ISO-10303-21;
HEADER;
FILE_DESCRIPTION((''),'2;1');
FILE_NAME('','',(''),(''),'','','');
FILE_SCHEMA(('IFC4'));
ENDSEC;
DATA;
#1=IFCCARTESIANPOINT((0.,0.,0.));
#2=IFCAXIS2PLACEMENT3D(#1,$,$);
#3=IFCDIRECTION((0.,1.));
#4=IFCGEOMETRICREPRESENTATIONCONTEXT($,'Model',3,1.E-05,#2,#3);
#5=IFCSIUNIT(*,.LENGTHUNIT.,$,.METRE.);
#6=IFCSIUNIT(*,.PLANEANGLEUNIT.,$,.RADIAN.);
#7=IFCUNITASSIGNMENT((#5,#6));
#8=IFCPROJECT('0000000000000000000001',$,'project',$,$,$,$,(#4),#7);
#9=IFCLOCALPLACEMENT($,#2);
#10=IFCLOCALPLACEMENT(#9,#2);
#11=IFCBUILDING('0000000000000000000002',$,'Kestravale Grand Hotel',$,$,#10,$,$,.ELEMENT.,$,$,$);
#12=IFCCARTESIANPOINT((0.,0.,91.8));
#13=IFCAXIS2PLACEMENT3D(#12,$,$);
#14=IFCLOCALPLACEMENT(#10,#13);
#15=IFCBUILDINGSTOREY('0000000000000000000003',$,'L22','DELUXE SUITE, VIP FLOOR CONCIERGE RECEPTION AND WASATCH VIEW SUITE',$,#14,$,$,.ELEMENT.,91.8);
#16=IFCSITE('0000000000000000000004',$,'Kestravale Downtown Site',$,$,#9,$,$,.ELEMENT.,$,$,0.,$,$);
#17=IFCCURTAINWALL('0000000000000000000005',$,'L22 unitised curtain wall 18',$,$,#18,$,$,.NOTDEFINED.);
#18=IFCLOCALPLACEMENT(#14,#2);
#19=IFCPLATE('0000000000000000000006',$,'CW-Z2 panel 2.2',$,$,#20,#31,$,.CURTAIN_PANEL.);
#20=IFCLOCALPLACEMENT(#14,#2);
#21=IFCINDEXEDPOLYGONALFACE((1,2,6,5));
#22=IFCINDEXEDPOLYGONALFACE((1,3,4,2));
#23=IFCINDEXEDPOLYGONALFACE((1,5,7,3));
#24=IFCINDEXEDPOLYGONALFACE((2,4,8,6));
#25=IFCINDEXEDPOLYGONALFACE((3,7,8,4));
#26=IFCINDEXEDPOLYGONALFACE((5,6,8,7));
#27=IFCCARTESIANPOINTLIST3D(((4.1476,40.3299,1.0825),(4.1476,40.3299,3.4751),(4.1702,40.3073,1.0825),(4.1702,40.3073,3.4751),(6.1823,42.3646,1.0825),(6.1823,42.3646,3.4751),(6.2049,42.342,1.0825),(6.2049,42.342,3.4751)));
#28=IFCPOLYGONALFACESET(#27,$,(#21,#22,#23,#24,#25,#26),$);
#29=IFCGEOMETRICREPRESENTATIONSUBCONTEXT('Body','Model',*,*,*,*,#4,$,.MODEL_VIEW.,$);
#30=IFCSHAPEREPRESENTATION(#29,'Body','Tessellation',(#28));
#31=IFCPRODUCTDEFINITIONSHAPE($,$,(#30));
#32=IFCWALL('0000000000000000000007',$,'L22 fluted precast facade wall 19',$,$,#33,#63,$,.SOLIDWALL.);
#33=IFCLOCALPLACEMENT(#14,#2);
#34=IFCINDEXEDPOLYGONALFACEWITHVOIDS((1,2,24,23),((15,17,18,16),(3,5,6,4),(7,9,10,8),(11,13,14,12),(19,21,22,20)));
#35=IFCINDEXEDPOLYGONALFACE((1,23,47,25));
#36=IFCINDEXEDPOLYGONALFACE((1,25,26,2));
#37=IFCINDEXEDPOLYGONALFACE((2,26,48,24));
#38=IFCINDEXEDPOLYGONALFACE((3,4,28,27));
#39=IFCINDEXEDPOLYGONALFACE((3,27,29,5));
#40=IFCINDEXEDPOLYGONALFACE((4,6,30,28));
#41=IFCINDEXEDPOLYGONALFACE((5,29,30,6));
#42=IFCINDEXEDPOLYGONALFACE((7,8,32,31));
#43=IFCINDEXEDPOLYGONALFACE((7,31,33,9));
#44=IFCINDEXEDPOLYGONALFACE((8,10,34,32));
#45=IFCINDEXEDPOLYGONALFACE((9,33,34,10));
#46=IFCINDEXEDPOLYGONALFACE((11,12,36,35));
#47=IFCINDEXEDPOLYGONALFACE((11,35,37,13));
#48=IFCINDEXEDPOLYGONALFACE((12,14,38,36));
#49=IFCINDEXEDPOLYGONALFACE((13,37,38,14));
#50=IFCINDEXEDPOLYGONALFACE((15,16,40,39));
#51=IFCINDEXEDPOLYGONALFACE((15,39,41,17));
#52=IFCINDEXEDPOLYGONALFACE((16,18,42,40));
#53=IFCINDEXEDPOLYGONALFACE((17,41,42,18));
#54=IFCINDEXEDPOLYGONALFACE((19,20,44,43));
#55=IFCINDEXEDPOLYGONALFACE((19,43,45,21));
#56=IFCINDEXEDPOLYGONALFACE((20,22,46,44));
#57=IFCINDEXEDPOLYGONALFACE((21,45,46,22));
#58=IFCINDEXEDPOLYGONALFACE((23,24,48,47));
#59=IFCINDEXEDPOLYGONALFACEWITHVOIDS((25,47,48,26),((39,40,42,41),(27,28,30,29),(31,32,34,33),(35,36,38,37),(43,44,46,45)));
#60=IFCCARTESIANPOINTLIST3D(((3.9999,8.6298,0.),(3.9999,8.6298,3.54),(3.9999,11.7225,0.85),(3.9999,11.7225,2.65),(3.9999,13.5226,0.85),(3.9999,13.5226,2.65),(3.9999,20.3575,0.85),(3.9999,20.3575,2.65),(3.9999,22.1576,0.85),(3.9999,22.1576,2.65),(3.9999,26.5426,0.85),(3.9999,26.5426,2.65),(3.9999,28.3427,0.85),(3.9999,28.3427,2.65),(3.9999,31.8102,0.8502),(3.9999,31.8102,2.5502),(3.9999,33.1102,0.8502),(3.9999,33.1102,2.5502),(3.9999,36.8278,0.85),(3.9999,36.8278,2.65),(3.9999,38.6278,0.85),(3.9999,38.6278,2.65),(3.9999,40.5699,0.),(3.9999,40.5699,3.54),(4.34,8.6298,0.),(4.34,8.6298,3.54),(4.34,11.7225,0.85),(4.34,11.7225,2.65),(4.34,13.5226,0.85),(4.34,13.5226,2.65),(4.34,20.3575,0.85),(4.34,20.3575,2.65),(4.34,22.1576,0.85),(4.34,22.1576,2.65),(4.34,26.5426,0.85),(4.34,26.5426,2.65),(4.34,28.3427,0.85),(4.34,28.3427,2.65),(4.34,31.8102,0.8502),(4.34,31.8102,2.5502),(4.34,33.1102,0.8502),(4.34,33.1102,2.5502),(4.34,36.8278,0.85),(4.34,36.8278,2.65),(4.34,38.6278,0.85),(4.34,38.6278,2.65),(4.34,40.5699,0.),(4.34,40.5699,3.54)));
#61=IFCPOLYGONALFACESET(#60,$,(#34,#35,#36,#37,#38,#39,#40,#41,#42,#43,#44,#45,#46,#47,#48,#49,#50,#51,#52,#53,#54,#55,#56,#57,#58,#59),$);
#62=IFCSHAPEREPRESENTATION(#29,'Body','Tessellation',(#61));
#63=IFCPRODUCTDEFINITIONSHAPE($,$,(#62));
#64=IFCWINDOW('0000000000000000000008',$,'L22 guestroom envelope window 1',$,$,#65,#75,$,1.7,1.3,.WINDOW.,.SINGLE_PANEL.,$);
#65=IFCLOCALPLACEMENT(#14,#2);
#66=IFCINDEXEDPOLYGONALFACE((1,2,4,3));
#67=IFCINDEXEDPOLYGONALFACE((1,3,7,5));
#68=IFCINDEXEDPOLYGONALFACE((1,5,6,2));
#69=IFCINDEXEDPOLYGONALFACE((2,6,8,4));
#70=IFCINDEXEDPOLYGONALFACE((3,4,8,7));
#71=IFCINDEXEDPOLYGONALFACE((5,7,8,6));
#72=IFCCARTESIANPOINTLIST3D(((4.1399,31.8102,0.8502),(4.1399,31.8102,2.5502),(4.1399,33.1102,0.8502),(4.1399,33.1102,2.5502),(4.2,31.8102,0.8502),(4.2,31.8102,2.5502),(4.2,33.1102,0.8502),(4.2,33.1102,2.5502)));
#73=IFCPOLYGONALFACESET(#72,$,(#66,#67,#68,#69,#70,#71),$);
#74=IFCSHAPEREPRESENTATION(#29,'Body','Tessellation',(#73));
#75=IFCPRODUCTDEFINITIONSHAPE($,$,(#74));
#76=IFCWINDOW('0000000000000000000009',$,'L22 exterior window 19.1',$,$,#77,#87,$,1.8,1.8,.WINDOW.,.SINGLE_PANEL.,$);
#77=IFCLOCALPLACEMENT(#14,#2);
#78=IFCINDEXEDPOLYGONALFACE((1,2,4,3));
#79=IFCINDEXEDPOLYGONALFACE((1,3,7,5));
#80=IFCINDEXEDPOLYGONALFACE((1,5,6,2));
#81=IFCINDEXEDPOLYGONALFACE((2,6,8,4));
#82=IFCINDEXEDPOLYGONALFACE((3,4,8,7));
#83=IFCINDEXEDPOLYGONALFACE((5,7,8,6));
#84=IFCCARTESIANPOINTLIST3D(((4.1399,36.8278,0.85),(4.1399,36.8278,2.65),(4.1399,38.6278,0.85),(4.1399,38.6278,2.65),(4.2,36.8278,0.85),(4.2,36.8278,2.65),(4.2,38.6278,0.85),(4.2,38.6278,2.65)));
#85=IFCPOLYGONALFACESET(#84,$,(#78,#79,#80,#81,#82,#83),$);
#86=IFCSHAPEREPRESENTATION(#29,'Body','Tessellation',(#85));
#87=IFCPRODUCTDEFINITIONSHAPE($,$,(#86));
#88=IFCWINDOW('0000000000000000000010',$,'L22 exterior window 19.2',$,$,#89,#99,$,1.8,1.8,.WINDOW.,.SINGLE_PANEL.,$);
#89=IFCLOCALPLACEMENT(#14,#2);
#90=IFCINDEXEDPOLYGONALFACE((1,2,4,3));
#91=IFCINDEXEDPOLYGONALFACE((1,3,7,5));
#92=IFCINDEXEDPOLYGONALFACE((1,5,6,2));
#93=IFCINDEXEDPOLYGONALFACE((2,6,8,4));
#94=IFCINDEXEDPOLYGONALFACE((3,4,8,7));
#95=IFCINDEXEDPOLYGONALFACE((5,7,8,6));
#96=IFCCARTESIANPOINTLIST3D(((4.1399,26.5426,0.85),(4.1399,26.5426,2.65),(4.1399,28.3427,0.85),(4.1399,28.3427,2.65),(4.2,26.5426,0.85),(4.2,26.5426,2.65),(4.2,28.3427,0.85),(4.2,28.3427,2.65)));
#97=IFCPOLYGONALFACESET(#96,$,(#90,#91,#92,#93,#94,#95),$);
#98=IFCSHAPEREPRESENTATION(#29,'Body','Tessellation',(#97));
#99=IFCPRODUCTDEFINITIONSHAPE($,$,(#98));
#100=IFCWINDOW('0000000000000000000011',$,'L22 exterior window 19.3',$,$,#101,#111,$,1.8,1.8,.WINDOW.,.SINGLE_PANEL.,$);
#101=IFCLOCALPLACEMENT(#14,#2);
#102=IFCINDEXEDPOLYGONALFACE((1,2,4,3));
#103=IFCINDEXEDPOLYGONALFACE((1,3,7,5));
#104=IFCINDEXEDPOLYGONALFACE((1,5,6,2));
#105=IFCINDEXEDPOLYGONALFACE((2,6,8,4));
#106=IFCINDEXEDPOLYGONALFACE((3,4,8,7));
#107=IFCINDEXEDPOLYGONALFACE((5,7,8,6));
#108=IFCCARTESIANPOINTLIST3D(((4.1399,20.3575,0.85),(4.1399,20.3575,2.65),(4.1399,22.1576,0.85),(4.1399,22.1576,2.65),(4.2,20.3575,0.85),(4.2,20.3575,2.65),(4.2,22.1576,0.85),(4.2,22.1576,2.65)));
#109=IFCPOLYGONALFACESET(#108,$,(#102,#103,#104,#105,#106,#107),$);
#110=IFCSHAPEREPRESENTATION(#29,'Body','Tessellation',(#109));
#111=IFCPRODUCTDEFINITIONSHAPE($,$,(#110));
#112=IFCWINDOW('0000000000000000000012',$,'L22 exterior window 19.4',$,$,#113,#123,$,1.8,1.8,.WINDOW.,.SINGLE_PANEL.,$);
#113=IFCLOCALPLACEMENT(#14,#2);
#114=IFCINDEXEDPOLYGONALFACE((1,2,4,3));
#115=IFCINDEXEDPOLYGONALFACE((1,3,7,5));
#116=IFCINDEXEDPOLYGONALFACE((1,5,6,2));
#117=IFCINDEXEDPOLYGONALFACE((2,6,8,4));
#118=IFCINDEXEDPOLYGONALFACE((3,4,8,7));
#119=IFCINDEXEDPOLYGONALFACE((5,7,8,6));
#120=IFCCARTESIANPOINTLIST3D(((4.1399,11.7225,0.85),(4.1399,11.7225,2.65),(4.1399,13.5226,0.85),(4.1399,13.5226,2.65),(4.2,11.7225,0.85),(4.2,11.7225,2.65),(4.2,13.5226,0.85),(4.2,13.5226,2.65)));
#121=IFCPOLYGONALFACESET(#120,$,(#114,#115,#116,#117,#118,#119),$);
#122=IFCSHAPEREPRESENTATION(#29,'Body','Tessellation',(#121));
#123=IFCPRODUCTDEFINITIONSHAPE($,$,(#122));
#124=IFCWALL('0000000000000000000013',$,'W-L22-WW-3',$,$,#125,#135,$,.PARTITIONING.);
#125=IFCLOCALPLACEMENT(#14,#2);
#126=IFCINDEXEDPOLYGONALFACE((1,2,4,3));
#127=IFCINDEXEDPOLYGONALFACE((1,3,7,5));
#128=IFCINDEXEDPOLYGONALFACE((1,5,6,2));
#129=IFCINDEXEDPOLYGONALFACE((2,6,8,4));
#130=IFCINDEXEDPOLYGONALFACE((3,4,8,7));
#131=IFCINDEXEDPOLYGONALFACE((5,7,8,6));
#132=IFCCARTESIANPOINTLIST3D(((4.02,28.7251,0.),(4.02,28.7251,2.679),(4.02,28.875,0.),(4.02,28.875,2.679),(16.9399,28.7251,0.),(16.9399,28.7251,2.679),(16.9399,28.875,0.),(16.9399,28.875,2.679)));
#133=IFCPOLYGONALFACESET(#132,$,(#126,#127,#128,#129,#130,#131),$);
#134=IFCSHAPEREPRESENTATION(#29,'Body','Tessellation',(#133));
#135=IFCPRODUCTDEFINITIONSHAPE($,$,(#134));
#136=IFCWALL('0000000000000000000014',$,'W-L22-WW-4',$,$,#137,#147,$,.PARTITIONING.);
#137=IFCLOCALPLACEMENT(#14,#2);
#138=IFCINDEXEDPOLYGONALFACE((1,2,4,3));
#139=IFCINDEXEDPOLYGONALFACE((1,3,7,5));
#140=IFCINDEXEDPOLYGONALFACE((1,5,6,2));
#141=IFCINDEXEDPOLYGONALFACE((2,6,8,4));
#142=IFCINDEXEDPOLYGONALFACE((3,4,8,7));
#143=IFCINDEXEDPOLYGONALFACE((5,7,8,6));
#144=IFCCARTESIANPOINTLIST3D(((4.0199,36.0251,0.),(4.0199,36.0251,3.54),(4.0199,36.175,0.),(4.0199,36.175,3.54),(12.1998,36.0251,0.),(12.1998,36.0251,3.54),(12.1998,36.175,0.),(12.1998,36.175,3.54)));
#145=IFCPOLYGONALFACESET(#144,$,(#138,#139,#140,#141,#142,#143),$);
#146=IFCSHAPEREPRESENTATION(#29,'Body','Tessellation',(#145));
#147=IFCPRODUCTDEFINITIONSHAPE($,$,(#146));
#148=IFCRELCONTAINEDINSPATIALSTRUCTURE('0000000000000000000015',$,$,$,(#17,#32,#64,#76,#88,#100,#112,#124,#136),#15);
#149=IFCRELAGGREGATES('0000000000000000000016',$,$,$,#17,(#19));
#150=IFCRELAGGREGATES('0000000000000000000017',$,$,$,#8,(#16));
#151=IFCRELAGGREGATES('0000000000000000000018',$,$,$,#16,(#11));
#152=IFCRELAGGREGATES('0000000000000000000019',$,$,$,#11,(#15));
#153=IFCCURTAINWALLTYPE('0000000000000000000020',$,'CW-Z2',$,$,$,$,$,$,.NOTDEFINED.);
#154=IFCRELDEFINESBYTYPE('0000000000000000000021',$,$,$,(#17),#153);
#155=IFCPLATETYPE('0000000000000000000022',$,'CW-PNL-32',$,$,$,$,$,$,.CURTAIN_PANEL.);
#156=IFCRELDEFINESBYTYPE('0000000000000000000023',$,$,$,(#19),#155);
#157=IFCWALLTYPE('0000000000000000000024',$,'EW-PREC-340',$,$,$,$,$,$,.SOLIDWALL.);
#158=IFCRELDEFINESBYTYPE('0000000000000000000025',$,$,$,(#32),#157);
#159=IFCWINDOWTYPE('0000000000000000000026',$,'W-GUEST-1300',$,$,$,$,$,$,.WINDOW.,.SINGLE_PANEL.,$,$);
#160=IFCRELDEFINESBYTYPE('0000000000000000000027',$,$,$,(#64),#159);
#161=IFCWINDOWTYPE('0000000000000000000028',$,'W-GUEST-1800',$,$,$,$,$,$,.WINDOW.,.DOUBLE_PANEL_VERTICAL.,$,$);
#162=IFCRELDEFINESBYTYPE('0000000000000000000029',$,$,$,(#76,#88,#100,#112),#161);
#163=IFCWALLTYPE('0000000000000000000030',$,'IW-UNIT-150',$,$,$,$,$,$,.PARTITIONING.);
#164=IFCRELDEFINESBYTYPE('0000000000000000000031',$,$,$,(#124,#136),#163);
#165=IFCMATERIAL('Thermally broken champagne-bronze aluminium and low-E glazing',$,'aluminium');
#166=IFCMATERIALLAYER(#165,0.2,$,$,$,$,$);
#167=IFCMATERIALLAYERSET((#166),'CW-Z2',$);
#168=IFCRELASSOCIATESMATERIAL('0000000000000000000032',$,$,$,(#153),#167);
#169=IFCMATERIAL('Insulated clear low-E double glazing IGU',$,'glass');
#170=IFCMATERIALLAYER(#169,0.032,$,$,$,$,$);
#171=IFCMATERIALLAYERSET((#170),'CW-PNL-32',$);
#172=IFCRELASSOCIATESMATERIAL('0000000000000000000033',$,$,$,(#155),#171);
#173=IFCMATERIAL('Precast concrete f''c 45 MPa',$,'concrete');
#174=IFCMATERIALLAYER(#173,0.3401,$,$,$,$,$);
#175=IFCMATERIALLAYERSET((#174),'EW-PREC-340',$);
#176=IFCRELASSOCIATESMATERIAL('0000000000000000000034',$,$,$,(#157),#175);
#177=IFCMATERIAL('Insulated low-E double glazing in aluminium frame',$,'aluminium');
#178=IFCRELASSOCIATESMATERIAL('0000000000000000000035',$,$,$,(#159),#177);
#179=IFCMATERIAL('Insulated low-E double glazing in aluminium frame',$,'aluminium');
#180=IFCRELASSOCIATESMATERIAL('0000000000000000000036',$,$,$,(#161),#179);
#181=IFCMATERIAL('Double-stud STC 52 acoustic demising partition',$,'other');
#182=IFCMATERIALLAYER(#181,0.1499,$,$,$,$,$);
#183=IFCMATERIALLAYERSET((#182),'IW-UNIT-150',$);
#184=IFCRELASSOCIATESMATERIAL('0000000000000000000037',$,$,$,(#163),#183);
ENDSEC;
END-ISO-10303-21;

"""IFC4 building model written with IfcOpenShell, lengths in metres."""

from ifc_helpers import new_model, si_unit, direction, frame, frame_2d, origin, origin_2d, place, context, subcontext, project, spatial, rectangle, extrude, material, layer, layer_set, type_object, element, fill, aggregate, save


model = new_model("IFC4")

# Units and contexts
model_context = context("Model", 3, precision=1e-05, world=origin(), true_north=direction((0.0, 1.0)))
body_context = subcontext(model_context, "Body", "Model", "MODEL_VIEW")
ifc_project = project(units=[si_unit("LENGTHUNIT", "METRE"), si_unit("PLANEANGLEUNIT", "RADIAN")], contexts=[model_context])

# Site, building, storey
site_placement = place(None, origin())
site = spatial("IfcSite", under=ifc_project, at=site_placement, Name="Kestravale Downtown Site", CompositionType="ELEMENT", RefElevation=0.0)
building_placement = place(site_placement, origin())
building = spatial("IfcBuilding", under=site, at=building_placement, Name="Kestravale Grand Hotel", CompositionType="ELEMENT")
storey_placement = place(building_placement, frame((0.0, 0.0, 91.8)))
storey = spatial("IfcBuildingStorey", under=building, at=storey_placement, Name="L22", Description="DELUXE SUITE, VIP FLOOR CONCIERGE RECEPTION AND WASATCH VIEW SUITE", CompositionType="ELEMENT", Elevation=91.8)

# Curtain wall, plate
ifc_material_1 = material(Name="Thermally broken champagne-bronze aluminium and low-E glazing", Category="aluminium")
ifc_layer_1 = layer(ifc_material_1, 0.2)
ifc_layer_set_1 = layer_set([ifc_layer_1], Name="CW-Z2")
curtain_wall_type = type_object("IfcCurtainWallType", Name="CW-Z2", PredefinedType="NOTDEFINED", material=ifc_layer_set_1)
curtain_wall_placement = place(storey_placement, origin())
curtain_wall = element("IfcCurtainWall", 1, at=curtain_wall_placement, inside=storey, type_object=curtain_wall_type, Name="L22 unitised curtain wall 18", PredefinedType="NOTDEFINED")
ifc_material_2 = material(Name="Insulated clear low-E double glazing IGU", Category="glass")
ifc_layer_2 = layer(ifc_material_2, 0.032)
ifc_layer_set_2 = layer_set([ifc_layer_2], Name="CW-PNL-32")
plate_type = type_object("IfcPlateType", Name="CW-PNL-32", PredefinedType="CURTAIN_PANEL", material=ifc_layer_set_2)
plate_1_placement = place(storey_placement, frame((5.1763, 41.3359, 1.0825), z_axis=(0.0, 0.0, 1.0), x_axis=(-0.707107, -0.707107, 0.0)))
plate_1 = element("IfcPlate", 2, at=plate_1_placement, type_object=plate_type, Name="CW-Z2 panel 2.2", PredefinedType="CURTAIN_PANEL", context=body_context, shape_type="SweptSolid", body=[
    extrude(rectangle(XDim=2.8774, YDim=0.032, at=origin_2d()), origin(), (0.0, 0.0, 1.0), 2.3926),
])
aggregate(curtain_wall, [plate_1])

# Wall, openings, windows
ifc_material_3 = material(Name="Precast concrete f'c 45 MPa", Category="concrete")
ifc_layer_3 = layer(ifc_material_3, 0.3401)
ifc_layer_set_3 = layer_set([ifc_layer_3], Name="EW-PREC-340")
wall_type_1 = type_object("IfcWallType", Name="EW-PREC-340", PredefinedType="SOLIDWALL", material=ifc_layer_set_3)
wall_1_placement = place(storey_placement, frame((4.1699, 40.5701, 0.0), z_axis=(0.0, 0.0, 1.0), x_axis=(0.0, -1.0, 0.0)))
wall_1 = element("IfcWall", 3, at=wall_1_placement, inside=storey, type_object=wall_type_1, Name="L22 fluted precast facade wall 19", PredefinedType="SOLIDWALL", context=body_context, shape_type="SweptSolid", body=[
    extrude(rectangle(XDim=31.9402, YDim=0.3401, at=frame_2d((15.9702, 0.0))), origin(), (0.0, 0.0, 1.0), 3.54),
])
opening_1_placement = place(wall_1_placement, frame((1.9424, 0.0, 0.8501)))
opening_1 = element("IfcOpeningElement", 4, at=opening_1_placement, cuts=wall_1, PredefinedType="OPENING", context=body_context, shape_type="SweptSolid", body=[
    extrude(rectangle(XDim=1.8, YDim=1.8, at=frame_2d((0.8999, 0.8999))), frame((0.0, 0.1799, 0.0), z_axis=(0.0, -1.0, 0.0), x_axis=(1.0, 0.0, 0.0)), (0.0, 0.0, 1.0), 0.3601),
])
opening_2_placement = place(wall_1_placement, frame((12.2275, 0.0, 0.8501)))
opening_2 = element("IfcOpeningElement", 5, at=opening_2_placement, cuts=wall_1, PredefinedType="OPENING", context=body_context, shape_type="SweptSolid", body=[
    extrude(rectangle(XDim=1.8, YDim=1.8, at=frame_2d((0.8999, 0.8999))), frame((0.0, 0.1799, 0.0), z_axis=(0.0, -1.0, 0.0), x_axis=(1.0, 0.0, 0.0)), (0.0, 0.0, 1.0), 0.3601),
])
opening_3_placement = place(wall_1_placement, frame((18.4126, 0.0, 0.8501)))
opening_3 = element("IfcOpeningElement", 6, at=opening_3_placement, cuts=wall_1, PredefinedType="OPENING", context=body_context, shape_type="SweptSolid", body=[
    extrude(rectangle(XDim=1.8, YDim=1.8, at=frame_2d((0.8999, 0.8999))), frame((0.0, 0.1799, 0.0), z_axis=(0.0, -1.0, 0.0), x_axis=(1.0, 0.0, 0.0)), (0.0, 0.0, 1.0), 0.3601),
])
opening_4_placement = place(wall_1_placement, frame((27.0476, 0.0, 0.8501)))
opening_4 = element("IfcOpeningElement", 7, at=opening_4_placement, cuts=wall_1, PredefinedType="OPENING", context=body_context, shape_type="SweptSolid", body=[
    extrude(rectangle(XDim=1.8, YDim=1.8, at=frame_2d((0.8999, 0.8999))), frame((0.0, 0.1799, 0.0), z_axis=(0.0, -1.0, 0.0), x_axis=(1.0, 0.0, 0.0)), (0.0, 0.0, 1.0), 0.3601),
])
opening_5_placement = place(wall_1_placement, frame((7.46, 0.0, 0.8501)))
opening_5 = element("IfcOpeningElement", 8, at=opening_5_placement, cuts=wall_1, PredefinedType="OPENING", context=body_context, shape_type="SweptSolid", body=[
    extrude(rectangle(XDim=1.3, YDim=1.7, at=frame_2d((0.6499, 0.8501))), frame((0.0, 0.1799, 0.0), z_axis=(0.0, -1.0, 0.0), x_axis=(1.0, 0.0, 0.0)), (0.0, 0.0, 1.0), 0.3601),
])
ifc_material_4 = material(Name="Insulated low-E double glazing in aluminium frame", Category="aluminium")
window_type_1 = type_object("IfcWindowType", Name="W-GUEST-1300", PartitioningType="SINGLE_PANEL", PredefinedType="WINDOW", material=ifc_material_4)
window_1_placement = place(opening_5_placement, origin())
window_1 = element("IfcWindow", 9, at=window_1_placement, inside=storey, type_object=window_type_1, Name="L22 guestroom envelope window 1", OverallHeight=1.7, OverallWidth=1.3, PartitioningType="SINGLE_PANEL", PredefinedType="WINDOW", context=body_context, shape_type="SweptSolid", body=[
    extrude(rectangle(XDim=1.3, YDim=1.7, at=frame_2d((0.6499, 0.8501))), frame((0.0, 0.03, 0.0), z_axis=(0.0, -1.0, 0.0), x_axis=(1.0, 0.0, 0.0)), (0.0, 0.0, 1.0), 0.0601),
])
fill(opening_5, window_1)
ifc_material_5 = material(Name="Insulated low-E double glazing in aluminium frame", Category="aluminium")
window_type_2 = type_object("IfcWindowType", Name="W-GUEST-1800", PartitioningType="DOUBLE_PANEL_VERTICAL", PredefinedType="WINDOW", material=ifc_material_5)
window_2_placement = place(opening_1_placement, origin())
window_2 = element("IfcWindow", 10, at=window_2_placement, inside=storey, type_object=window_type_2, Name="L22 exterior window 19.1", OverallHeight=1.8, OverallWidth=1.8, PartitioningType="SINGLE_PANEL", PredefinedType="WINDOW", context=body_context, shape_type="SweptSolid", body=[
    extrude(rectangle(XDim=1.8, YDim=1.8, at=frame_2d((0.8999, 0.8999))), frame((0.0, 0.03, 0.0), z_axis=(0.0, -1.0, 0.0), x_axis=(1.0, 0.0, 0.0)), (0.0, 0.0, 1.0), 0.0601),
])
fill(opening_1, window_2)
window_3_placement = place(opening_2_placement, origin())
window_3 = element("IfcWindow", 11, at=window_3_placement, inside=storey, type_object=window_type_2, Name="L22 exterior window 19.2", OverallHeight=1.8, OverallWidth=1.8, PartitioningType="SINGLE_PANEL", PredefinedType="WINDOW", context=body_context, shape_type="SweptSolid", body=[
    extrude(rectangle(XDim=1.8, YDim=1.8, at=frame_2d((0.8999, 0.8999))), frame((0.0, 0.03, 0.0), z_axis=(0.0, -1.0, 0.0), x_axis=(1.0, 0.0, 0.0)), (0.0, 0.0, 1.0), 0.0601),
])
fill(opening_2, window_3)
window_4_placement = place(opening_3_placement, origin())
window_4 = element("IfcWindow", 12, at=window_4_placement, inside=storey, type_object=window_type_2, Name="L22 exterior window 19.3", OverallHeight=1.8, OverallWidth=1.8, PartitioningType="SINGLE_PANEL", PredefinedType="WINDOW", context=body_context, shape_type="SweptSolid", body=[
    extrude(rectangle(XDim=1.8, YDim=1.8, at=frame_2d((0.8999, 0.8999))), frame((0.0, 0.03, 0.0), z_axis=(0.0, -1.0, 0.0), x_axis=(1.0, 0.0, 0.0)), (0.0, 0.0, 1.0), 0.0601),
])
fill(opening_3, window_4)
window_5_placement = place(opening_4_placement, origin())
window_5 = element("IfcWindow", 13, at=window_5_placement, inside=storey, type_object=window_type_2, Name="L22 exterior window 19.4", OverallHeight=1.8, OverallWidth=1.8, PartitioningType="SINGLE_PANEL", PredefinedType="WINDOW", context=body_context, shape_type="SweptSolid", body=[
    extrude(rectangle(XDim=1.8, YDim=1.8, at=frame_2d((0.8999, 0.8999))), frame((0.0, 0.03, 0.0), z_axis=(0.0, -1.0, 0.0), x_axis=(1.0, 0.0, 0.0)), (0.0, 0.0, 1.0), 0.0601),
])
fill(opening_4, window_5)

# Walls
ifc_material_6 = material(Name="Double-stud STC 52 acoustic demising partition", Category="other")
ifc_layer_4 = layer(ifc_material_6, 0.1499)
ifc_layer_set_4 = layer_set([ifc_layer_4], Name="IW-UNIT-150")
wall_type_2 = type_object("IfcWallType", Name="IW-UNIT-150", PredefinedType="PARTITIONING", material=ifc_layer_set_4)
wall_2_placement = place(storey_placement, frame((4.02, 28.8, 0.0), z_axis=(0.0, 0.0, 1.0), x_axis=(1.0, 0.0, 0.0)))
element("IfcWall", 14, at=wall_2_placement, inside=storey, type_object=wall_type_2, Name="W-L22-WW-3", PredefinedType="PARTITIONING", context=body_context, shape_type="SweptSolid", body=[
    extrude(rectangle(XDim=12.9199, YDim=0.1499, at=frame_2d((6.46, 0.0))), origin(), (0.0, 0.0, 1.0), 2.679),
])
wall_3_placement = place(storey_placement, frame((4.02, 36.1001, 0.0), z_axis=(0.0, 0.0, 1.0), x_axis=(1.0, 0.0, 0.0)))
element("IfcWall", 15, at=wall_3_placement, inside=storey, type_object=wall_type_2, Name="W-L22-WW-4", PredefinedType="PARTITIONING", context=body_context, shape_type="SweptSolid", body=[
    extrude(rectangle(XDim=8.1799, YDim=0.1499, at=frame_2d((4.0898, 0.0))), origin(), (0.0, 0.0, 1.0), 3.54),
])

save(model, "model.ifc")
